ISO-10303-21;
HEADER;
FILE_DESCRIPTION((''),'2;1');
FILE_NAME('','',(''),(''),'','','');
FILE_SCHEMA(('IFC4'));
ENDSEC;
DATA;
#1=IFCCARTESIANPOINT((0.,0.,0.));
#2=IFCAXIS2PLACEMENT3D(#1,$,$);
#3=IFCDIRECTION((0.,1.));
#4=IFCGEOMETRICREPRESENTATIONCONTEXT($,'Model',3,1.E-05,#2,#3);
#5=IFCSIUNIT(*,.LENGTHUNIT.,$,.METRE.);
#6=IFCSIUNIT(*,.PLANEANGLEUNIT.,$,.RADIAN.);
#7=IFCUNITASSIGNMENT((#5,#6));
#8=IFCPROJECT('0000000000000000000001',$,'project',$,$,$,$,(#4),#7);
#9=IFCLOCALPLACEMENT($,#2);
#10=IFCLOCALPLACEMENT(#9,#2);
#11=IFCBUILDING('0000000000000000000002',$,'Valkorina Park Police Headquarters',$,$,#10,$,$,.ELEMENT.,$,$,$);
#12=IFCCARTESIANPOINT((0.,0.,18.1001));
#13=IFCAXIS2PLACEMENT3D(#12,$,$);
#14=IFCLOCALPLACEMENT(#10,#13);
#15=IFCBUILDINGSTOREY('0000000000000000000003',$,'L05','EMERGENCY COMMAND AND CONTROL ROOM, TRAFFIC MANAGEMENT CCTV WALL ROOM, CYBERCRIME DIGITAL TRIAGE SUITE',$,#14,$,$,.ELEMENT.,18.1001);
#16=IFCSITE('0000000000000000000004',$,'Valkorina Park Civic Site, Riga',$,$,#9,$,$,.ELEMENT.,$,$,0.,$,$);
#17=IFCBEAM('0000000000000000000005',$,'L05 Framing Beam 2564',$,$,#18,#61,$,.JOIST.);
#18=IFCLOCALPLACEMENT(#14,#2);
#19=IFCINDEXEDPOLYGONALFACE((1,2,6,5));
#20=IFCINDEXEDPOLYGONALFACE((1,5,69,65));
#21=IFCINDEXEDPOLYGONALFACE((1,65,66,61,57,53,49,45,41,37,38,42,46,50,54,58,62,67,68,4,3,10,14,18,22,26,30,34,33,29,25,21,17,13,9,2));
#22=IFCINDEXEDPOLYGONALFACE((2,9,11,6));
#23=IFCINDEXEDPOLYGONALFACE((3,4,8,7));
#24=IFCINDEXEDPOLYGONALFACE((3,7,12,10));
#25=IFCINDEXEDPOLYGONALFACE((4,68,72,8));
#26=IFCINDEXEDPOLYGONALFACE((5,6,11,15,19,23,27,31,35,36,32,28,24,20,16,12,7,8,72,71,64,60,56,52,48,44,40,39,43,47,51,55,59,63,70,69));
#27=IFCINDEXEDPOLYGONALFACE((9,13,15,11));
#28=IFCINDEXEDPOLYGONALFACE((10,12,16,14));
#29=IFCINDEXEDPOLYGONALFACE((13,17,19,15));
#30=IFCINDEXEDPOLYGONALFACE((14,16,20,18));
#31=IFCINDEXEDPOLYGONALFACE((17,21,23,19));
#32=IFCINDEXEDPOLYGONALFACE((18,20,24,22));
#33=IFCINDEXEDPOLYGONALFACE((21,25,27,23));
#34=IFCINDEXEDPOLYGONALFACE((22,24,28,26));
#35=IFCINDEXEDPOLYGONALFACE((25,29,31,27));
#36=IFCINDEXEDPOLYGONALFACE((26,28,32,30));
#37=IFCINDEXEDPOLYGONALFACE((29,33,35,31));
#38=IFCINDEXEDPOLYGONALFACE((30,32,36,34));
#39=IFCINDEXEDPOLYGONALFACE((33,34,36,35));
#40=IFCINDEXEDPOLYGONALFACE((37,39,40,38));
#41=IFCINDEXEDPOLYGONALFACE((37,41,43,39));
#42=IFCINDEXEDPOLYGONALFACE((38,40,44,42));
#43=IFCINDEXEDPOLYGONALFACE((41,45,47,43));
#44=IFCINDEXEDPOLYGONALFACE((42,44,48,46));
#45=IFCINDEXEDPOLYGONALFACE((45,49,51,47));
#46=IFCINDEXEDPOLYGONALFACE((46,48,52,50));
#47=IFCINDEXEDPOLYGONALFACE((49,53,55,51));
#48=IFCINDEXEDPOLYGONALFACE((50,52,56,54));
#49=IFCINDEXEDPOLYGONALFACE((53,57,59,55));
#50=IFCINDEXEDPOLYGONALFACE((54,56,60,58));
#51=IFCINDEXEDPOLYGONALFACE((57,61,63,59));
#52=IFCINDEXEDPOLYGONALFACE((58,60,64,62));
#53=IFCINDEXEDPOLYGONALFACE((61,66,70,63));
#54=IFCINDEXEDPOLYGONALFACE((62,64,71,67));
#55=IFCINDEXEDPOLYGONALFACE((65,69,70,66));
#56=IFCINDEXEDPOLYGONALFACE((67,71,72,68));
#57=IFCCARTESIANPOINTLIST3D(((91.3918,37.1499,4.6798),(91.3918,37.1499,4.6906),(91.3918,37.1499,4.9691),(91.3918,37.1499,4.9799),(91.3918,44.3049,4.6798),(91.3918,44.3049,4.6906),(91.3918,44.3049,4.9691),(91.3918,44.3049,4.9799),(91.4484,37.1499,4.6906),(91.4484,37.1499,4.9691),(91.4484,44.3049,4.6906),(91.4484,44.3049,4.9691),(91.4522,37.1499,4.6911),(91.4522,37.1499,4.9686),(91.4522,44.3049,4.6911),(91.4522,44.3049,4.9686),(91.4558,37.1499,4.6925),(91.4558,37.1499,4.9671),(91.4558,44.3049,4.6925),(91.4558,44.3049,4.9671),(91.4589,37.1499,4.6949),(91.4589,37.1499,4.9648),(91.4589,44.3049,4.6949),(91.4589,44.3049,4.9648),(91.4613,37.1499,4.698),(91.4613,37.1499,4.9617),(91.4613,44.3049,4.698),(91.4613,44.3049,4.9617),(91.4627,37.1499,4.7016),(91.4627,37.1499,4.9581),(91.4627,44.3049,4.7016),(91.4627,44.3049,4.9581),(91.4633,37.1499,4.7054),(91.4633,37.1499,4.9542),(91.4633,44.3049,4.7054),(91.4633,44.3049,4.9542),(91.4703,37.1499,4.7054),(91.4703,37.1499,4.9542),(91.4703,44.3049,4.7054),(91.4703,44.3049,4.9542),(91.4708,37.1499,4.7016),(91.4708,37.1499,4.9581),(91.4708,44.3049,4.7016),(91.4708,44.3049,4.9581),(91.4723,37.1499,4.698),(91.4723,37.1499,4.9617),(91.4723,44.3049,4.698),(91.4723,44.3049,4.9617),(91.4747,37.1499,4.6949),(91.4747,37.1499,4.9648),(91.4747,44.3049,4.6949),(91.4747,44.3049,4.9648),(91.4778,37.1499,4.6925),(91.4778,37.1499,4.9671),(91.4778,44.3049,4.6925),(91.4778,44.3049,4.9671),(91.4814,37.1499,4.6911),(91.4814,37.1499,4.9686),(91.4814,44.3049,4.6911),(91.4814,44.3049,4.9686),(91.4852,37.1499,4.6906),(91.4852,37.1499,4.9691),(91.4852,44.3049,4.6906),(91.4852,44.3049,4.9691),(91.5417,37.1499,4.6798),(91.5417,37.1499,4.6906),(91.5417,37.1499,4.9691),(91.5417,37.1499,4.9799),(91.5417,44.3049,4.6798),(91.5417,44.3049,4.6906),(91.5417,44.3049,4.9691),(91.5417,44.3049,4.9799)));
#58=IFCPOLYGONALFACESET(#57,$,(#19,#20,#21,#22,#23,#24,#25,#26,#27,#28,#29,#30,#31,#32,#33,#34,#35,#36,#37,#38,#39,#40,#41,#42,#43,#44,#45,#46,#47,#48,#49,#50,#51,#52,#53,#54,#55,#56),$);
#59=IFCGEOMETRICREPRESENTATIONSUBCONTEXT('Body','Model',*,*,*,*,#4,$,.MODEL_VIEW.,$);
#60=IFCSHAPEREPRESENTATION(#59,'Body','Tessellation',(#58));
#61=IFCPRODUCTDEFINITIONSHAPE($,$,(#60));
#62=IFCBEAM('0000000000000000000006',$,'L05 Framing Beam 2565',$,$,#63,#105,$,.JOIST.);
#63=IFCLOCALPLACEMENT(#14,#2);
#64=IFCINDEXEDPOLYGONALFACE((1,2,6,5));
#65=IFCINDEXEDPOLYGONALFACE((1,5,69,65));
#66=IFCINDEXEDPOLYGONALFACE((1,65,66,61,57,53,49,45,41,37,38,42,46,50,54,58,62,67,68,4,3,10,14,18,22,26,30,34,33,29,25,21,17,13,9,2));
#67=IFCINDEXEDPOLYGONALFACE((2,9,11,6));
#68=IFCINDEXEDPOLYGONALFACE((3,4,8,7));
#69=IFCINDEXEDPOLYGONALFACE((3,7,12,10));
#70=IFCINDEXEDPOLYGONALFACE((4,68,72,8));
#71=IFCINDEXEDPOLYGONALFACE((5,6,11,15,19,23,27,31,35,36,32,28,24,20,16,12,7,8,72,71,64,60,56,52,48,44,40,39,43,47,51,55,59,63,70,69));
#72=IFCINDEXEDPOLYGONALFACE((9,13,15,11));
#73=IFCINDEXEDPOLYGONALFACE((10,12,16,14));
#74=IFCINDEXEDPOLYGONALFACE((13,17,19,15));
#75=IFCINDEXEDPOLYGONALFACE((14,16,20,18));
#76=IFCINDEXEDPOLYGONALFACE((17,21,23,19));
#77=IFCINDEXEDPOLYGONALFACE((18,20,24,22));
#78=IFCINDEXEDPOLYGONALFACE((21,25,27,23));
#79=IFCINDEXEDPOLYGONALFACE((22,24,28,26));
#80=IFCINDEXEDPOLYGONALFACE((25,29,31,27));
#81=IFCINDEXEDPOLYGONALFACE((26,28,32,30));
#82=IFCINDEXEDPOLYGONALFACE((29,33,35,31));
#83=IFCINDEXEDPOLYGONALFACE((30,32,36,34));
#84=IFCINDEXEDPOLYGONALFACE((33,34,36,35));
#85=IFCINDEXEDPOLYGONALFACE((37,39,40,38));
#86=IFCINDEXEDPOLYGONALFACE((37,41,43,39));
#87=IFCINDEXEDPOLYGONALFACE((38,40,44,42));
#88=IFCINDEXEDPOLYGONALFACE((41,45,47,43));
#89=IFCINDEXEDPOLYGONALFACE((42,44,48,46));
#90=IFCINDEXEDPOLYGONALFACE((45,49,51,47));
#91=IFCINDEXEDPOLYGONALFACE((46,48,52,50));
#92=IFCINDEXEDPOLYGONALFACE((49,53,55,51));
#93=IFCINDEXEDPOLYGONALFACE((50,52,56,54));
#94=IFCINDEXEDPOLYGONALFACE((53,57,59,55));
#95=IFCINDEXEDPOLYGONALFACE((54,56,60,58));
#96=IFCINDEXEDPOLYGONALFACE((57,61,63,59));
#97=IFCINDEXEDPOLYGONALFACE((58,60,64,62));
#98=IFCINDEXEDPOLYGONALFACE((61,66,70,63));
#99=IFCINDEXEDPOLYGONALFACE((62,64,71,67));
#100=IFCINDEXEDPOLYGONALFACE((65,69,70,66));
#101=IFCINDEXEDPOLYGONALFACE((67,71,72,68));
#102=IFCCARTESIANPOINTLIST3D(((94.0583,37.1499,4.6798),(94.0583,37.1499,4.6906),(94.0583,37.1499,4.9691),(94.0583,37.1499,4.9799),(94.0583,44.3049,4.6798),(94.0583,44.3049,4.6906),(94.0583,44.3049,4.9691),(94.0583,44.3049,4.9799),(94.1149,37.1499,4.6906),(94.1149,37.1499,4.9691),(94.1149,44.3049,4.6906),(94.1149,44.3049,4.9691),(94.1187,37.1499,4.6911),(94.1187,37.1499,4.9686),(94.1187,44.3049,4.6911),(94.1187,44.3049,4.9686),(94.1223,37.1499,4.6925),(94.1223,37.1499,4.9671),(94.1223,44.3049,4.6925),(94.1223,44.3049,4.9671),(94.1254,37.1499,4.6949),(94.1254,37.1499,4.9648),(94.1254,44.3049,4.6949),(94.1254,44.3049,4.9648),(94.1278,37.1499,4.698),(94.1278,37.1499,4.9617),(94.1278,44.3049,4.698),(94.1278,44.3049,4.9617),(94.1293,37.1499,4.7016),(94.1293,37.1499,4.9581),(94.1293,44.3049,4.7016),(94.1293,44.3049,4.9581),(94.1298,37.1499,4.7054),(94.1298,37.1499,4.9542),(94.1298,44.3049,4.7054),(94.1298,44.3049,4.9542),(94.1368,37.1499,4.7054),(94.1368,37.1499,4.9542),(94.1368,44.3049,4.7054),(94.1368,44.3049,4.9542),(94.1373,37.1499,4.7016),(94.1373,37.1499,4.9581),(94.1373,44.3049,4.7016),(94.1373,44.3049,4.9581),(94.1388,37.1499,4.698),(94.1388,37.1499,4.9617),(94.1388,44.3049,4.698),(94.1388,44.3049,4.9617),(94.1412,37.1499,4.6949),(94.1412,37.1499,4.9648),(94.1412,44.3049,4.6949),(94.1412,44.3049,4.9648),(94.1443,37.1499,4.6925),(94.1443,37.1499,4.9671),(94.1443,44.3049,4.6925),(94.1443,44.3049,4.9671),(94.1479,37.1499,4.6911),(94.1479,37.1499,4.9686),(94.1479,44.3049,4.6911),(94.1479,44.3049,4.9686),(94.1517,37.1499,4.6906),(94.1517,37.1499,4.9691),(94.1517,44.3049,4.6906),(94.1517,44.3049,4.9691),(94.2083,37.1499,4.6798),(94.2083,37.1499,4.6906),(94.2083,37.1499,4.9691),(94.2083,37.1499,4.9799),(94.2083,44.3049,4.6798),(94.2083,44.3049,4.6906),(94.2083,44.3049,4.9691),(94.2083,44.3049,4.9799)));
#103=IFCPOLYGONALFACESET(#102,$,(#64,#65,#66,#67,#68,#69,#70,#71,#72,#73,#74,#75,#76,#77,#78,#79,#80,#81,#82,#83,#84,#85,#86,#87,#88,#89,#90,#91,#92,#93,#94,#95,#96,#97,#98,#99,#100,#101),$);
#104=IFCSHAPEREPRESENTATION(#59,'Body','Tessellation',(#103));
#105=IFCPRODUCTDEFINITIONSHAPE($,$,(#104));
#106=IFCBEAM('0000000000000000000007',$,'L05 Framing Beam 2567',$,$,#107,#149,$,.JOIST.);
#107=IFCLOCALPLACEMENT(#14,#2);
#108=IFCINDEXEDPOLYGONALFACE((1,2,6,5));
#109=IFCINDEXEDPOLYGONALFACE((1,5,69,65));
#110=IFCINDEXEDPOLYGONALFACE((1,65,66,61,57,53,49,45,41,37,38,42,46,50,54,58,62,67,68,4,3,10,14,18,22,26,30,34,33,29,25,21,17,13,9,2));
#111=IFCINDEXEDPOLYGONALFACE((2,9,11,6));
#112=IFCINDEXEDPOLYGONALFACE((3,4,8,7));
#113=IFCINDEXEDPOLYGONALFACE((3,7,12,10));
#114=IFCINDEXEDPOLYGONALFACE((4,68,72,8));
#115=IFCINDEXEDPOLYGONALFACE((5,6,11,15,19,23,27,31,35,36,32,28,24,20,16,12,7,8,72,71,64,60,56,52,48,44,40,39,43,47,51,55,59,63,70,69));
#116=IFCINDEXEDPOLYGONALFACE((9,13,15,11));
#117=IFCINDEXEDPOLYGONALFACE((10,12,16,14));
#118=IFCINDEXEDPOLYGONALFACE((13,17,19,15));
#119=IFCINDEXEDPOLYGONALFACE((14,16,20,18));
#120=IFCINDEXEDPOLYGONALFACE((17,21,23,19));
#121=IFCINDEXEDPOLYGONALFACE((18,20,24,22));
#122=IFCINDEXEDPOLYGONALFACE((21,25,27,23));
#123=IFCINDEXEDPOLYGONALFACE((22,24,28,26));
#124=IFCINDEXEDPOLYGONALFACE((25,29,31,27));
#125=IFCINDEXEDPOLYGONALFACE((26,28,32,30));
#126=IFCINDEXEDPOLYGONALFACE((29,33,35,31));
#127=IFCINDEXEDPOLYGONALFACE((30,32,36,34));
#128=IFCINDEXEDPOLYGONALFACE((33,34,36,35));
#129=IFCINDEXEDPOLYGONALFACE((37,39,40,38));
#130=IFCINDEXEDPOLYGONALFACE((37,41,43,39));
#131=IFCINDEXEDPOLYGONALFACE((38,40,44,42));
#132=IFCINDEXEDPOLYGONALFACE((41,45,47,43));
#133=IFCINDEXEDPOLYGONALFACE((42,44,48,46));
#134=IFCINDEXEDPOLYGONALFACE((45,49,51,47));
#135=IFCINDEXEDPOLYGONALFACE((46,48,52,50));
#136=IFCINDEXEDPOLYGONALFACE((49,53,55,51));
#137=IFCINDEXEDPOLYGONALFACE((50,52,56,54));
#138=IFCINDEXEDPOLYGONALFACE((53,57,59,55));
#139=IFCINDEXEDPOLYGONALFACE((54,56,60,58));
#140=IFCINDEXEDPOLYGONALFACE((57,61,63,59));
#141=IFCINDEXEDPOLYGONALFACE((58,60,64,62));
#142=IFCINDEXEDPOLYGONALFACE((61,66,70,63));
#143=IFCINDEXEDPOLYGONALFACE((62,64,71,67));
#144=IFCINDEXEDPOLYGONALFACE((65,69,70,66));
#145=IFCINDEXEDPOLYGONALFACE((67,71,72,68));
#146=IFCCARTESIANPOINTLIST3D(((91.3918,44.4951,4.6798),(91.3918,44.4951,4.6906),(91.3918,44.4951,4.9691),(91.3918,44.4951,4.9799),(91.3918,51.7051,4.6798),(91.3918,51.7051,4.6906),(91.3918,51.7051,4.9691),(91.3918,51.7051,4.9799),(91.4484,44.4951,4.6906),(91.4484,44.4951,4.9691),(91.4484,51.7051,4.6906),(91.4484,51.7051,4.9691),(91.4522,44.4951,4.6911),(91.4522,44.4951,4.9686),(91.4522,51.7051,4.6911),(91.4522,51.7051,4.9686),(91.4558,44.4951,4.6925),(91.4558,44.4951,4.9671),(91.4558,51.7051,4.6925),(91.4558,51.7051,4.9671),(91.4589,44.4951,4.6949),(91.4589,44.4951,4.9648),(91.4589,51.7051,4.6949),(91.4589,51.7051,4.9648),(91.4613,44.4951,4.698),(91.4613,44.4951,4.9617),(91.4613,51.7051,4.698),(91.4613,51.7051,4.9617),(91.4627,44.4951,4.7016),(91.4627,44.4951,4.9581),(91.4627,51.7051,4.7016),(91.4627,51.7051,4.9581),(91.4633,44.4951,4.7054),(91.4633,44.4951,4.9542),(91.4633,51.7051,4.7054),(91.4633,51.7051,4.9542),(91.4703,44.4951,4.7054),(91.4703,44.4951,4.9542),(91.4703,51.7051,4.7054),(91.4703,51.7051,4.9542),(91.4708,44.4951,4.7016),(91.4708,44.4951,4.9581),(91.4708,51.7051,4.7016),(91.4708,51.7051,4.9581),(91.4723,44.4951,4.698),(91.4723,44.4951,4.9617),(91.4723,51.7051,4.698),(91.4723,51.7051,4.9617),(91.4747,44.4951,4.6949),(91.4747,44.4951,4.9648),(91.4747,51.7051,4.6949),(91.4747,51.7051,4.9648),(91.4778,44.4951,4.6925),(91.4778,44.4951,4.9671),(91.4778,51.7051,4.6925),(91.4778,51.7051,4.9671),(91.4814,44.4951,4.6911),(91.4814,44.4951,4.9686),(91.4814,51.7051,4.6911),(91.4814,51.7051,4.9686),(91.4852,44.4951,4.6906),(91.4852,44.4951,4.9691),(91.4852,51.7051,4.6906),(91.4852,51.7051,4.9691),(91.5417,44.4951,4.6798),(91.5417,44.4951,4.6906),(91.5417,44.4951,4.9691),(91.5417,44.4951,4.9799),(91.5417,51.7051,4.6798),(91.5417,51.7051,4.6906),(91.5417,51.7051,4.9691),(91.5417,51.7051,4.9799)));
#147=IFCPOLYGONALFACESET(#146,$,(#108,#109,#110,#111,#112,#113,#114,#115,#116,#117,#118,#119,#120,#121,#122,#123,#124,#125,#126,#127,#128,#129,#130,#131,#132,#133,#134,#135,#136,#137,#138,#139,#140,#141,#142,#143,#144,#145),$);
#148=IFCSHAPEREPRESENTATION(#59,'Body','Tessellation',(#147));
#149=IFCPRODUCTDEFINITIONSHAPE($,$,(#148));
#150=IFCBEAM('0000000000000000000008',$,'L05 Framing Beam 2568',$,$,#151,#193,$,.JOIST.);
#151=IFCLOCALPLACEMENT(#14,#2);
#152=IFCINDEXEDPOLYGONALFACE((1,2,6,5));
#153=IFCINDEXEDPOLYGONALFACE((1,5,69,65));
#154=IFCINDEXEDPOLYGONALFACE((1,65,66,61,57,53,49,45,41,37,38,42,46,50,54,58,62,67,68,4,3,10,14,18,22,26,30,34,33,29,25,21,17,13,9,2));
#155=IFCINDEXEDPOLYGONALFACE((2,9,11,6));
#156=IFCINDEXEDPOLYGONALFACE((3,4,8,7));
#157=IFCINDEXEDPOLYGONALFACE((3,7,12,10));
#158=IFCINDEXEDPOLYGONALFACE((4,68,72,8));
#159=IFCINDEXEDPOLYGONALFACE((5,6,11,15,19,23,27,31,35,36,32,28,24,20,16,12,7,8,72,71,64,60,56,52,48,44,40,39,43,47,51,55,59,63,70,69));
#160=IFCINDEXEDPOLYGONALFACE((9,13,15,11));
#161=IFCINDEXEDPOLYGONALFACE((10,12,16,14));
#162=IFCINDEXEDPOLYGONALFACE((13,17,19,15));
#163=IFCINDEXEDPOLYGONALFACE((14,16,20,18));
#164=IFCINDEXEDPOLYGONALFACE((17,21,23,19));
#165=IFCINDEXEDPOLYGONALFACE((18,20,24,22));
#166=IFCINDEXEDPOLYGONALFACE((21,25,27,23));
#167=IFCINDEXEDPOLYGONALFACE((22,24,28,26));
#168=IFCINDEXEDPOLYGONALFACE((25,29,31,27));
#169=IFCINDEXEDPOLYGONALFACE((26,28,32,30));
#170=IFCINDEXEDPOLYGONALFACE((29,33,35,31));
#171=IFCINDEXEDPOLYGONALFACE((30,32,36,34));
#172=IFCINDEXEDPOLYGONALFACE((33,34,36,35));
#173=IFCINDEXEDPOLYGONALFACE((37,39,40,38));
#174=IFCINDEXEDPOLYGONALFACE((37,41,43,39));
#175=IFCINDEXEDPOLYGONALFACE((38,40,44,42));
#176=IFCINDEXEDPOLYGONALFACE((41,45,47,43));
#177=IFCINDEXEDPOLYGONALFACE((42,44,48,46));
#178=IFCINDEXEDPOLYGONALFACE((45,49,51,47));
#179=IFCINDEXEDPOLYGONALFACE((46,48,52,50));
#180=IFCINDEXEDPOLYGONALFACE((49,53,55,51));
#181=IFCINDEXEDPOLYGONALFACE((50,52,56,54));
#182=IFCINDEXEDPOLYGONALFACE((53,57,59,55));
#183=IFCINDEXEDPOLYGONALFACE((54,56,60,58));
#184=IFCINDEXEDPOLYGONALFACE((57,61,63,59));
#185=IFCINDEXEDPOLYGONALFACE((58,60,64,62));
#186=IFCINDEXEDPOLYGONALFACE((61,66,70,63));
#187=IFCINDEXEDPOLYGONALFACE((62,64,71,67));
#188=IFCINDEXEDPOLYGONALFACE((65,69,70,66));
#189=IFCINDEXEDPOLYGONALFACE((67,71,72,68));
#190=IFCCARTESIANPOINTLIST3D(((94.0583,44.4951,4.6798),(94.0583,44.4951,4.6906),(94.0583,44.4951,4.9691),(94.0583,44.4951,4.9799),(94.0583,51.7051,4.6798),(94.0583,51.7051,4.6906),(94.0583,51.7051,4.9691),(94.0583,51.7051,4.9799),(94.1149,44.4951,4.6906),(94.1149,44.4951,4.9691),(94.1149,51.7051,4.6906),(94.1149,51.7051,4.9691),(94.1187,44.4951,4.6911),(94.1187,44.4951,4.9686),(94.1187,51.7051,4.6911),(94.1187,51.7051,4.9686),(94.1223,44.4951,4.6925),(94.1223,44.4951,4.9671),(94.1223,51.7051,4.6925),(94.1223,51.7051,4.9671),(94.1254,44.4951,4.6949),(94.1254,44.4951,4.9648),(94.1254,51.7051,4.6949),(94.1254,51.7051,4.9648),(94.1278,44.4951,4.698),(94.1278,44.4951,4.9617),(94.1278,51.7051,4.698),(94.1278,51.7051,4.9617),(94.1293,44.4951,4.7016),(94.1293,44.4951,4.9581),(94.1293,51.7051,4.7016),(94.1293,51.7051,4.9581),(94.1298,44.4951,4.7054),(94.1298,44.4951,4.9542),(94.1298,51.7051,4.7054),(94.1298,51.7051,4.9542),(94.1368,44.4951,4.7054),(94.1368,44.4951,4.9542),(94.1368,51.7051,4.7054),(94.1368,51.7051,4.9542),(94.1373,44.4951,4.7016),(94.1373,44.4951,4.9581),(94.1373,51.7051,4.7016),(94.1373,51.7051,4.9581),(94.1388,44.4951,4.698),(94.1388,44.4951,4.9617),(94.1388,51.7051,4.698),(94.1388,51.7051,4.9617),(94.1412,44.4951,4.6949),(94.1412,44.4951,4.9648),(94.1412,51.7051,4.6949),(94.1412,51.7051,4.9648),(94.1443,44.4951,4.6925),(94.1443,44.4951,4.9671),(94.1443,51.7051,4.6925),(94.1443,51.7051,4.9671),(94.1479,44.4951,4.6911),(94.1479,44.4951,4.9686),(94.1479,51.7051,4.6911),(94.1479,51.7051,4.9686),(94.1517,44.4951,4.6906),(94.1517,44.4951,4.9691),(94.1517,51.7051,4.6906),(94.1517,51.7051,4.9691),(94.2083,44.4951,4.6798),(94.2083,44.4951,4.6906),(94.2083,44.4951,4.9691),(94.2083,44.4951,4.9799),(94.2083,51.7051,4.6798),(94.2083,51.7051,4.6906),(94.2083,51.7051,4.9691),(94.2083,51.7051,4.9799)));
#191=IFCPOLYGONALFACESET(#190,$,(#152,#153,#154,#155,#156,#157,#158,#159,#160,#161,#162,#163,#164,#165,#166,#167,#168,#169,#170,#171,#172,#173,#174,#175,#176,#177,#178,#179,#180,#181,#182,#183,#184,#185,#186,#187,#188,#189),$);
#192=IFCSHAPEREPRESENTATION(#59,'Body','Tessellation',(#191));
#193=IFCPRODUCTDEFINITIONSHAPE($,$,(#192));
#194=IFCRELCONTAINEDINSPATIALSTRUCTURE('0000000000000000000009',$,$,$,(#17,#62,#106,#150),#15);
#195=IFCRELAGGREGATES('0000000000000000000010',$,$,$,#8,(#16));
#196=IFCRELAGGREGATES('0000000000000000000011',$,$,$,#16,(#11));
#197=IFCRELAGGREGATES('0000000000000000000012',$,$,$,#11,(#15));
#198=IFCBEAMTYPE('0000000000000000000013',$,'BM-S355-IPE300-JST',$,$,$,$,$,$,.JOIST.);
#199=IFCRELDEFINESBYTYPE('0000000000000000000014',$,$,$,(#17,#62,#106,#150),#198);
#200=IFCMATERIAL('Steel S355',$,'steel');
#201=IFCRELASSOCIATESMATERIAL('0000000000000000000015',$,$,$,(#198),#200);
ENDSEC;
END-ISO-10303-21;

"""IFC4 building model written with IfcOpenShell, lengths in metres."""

from ifc_helpers import new_model, si_unit, direction, frame, origin, origin_2d, place, context, subcontext, project, spatial, i_section, extrude, material, material_profile, profile_set, type_object, element, save


model = new_model("IFC4")

# Units and contexts
model_context = context("Model", 3, precision=1e-05, world=origin(), true_north=direction((0.0, 1.0)))
body_context = subcontext(model_context, "Body", "Model", "MODEL_VIEW")
ifc_project = project(units=[si_unit("LENGTHUNIT", "METRE"), si_unit("PLANEANGLEUNIT", "RADIAN")], contexts=[model_context])

# Site, building, storey
site_placement = place(None, origin())
site = spatial("IfcSite", under=ifc_project, at=site_placement, Name="Valkorina Park Civic Site, Riga", CompositionType="ELEMENT", RefElevation=0.0)
building_placement = place(site_placement, origin())
building = spatial("IfcBuilding", under=site, at=building_placement, Name="Valkorina Park Police Headquarters", CompositionType="ELEMENT")
storey_placement = place(building_placement, frame((0.0, 0.0, 18.1001)))
storey = spatial("IfcBuildingStorey", under=building, at=storey_placement, Name="L05", Description="EMERGENCY COMMAND AND CONTROL ROOM, TRAFFIC MANAGEMENT CCTV WALL ROOM, CYBERCRIME DIGITAL TRIAGE SUITE", CompositionType="ELEMENT", Elevation=18.1001)

# Shared definitions
ifc_material_1 = material(Name="Steel S355", Category="steel")

# Beams
ifc_material_profile_1 = material_profile(ifc_material_1, i_section(OverallWidth=0.1499, OverallDepth=0.3, WebThickness=0.0071, FlangeThickness=0.0107, FilletRadius=0.0149, at=origin_2d()), Name="IPE 300")
ifc_profile_set_1 = profile_set([ifc_material_profile_1], Name="Steel S355")
beam_type_1 = type_object("IfcBeamType", Name="BM-S355-IPE300-JST", PredefinedType="JOIST", material=ifc_profile_set_1)
for number, where, z_axis, x_axis, name in (
    (1, (91.4668, 37.1499, 4.8298), (0.0, 1.0, 0.0), (-1.0, 0.0, 0.0), "L05 Framing Beam 2564"),
    (2, (94.1333, 37.1499, 4.8298), (0.0, 1.0, 0.0), (-1.0, 0.0, 0.0), "L05 Framing Beam 2565"),
):
    element("IfcBeam", number, at=place(storey_placement, frame(where, z_axis=z_axis, x_axis=x_axis)), inside=storey, type_object=beam_type_1, Name=name, PredefinedType="JOIST", context=body_context, shape_type="SweptSolid", body=[
        extrude(i_section(OverallWidth=0.1499, OverallDepth=0.3, WebThickness=0.0071, FlangeThickness=0.0107, FilletRadius=0.0149, at=origin_2d()), origin(), (0.0, 0.0, 1.0), 7.155),
    ])
for number, where, z_axis, x_axis, name in (
    (3, (91.4668, 44.4951, 4.8298), (0.0, 1.0, 0.0), (-1.0, 0.0, 0.0), "L05 Framing Beam 2567"),
    (4, (94.1333, 44.4951, 4.8298), (0.0, 1.0, 0.0), (-1.0, 0.0, 0.0), "L05 Framing Beam 2568"),
):
    element("IfcBeam", number, at=place(storey_placement, frame(where, z_axis=z_axis, x_axis=x_axis)), inside=storey, type_object=beam_type_1, Name=name, PredefinedType="JOIST", context=body_context, shape_type="SweptSolid", body=[
        extrude(i_section(OverallWidth=0.1499, OverallDepth=0.3, WebThickness=0.0071, FlangeThickness=0.0107, FilletRadius=0.0149, at=origin_2d()), origin(), (0.0, 0.0, 1.0), 7.21),
    ])

save(model, "model.ifc")
